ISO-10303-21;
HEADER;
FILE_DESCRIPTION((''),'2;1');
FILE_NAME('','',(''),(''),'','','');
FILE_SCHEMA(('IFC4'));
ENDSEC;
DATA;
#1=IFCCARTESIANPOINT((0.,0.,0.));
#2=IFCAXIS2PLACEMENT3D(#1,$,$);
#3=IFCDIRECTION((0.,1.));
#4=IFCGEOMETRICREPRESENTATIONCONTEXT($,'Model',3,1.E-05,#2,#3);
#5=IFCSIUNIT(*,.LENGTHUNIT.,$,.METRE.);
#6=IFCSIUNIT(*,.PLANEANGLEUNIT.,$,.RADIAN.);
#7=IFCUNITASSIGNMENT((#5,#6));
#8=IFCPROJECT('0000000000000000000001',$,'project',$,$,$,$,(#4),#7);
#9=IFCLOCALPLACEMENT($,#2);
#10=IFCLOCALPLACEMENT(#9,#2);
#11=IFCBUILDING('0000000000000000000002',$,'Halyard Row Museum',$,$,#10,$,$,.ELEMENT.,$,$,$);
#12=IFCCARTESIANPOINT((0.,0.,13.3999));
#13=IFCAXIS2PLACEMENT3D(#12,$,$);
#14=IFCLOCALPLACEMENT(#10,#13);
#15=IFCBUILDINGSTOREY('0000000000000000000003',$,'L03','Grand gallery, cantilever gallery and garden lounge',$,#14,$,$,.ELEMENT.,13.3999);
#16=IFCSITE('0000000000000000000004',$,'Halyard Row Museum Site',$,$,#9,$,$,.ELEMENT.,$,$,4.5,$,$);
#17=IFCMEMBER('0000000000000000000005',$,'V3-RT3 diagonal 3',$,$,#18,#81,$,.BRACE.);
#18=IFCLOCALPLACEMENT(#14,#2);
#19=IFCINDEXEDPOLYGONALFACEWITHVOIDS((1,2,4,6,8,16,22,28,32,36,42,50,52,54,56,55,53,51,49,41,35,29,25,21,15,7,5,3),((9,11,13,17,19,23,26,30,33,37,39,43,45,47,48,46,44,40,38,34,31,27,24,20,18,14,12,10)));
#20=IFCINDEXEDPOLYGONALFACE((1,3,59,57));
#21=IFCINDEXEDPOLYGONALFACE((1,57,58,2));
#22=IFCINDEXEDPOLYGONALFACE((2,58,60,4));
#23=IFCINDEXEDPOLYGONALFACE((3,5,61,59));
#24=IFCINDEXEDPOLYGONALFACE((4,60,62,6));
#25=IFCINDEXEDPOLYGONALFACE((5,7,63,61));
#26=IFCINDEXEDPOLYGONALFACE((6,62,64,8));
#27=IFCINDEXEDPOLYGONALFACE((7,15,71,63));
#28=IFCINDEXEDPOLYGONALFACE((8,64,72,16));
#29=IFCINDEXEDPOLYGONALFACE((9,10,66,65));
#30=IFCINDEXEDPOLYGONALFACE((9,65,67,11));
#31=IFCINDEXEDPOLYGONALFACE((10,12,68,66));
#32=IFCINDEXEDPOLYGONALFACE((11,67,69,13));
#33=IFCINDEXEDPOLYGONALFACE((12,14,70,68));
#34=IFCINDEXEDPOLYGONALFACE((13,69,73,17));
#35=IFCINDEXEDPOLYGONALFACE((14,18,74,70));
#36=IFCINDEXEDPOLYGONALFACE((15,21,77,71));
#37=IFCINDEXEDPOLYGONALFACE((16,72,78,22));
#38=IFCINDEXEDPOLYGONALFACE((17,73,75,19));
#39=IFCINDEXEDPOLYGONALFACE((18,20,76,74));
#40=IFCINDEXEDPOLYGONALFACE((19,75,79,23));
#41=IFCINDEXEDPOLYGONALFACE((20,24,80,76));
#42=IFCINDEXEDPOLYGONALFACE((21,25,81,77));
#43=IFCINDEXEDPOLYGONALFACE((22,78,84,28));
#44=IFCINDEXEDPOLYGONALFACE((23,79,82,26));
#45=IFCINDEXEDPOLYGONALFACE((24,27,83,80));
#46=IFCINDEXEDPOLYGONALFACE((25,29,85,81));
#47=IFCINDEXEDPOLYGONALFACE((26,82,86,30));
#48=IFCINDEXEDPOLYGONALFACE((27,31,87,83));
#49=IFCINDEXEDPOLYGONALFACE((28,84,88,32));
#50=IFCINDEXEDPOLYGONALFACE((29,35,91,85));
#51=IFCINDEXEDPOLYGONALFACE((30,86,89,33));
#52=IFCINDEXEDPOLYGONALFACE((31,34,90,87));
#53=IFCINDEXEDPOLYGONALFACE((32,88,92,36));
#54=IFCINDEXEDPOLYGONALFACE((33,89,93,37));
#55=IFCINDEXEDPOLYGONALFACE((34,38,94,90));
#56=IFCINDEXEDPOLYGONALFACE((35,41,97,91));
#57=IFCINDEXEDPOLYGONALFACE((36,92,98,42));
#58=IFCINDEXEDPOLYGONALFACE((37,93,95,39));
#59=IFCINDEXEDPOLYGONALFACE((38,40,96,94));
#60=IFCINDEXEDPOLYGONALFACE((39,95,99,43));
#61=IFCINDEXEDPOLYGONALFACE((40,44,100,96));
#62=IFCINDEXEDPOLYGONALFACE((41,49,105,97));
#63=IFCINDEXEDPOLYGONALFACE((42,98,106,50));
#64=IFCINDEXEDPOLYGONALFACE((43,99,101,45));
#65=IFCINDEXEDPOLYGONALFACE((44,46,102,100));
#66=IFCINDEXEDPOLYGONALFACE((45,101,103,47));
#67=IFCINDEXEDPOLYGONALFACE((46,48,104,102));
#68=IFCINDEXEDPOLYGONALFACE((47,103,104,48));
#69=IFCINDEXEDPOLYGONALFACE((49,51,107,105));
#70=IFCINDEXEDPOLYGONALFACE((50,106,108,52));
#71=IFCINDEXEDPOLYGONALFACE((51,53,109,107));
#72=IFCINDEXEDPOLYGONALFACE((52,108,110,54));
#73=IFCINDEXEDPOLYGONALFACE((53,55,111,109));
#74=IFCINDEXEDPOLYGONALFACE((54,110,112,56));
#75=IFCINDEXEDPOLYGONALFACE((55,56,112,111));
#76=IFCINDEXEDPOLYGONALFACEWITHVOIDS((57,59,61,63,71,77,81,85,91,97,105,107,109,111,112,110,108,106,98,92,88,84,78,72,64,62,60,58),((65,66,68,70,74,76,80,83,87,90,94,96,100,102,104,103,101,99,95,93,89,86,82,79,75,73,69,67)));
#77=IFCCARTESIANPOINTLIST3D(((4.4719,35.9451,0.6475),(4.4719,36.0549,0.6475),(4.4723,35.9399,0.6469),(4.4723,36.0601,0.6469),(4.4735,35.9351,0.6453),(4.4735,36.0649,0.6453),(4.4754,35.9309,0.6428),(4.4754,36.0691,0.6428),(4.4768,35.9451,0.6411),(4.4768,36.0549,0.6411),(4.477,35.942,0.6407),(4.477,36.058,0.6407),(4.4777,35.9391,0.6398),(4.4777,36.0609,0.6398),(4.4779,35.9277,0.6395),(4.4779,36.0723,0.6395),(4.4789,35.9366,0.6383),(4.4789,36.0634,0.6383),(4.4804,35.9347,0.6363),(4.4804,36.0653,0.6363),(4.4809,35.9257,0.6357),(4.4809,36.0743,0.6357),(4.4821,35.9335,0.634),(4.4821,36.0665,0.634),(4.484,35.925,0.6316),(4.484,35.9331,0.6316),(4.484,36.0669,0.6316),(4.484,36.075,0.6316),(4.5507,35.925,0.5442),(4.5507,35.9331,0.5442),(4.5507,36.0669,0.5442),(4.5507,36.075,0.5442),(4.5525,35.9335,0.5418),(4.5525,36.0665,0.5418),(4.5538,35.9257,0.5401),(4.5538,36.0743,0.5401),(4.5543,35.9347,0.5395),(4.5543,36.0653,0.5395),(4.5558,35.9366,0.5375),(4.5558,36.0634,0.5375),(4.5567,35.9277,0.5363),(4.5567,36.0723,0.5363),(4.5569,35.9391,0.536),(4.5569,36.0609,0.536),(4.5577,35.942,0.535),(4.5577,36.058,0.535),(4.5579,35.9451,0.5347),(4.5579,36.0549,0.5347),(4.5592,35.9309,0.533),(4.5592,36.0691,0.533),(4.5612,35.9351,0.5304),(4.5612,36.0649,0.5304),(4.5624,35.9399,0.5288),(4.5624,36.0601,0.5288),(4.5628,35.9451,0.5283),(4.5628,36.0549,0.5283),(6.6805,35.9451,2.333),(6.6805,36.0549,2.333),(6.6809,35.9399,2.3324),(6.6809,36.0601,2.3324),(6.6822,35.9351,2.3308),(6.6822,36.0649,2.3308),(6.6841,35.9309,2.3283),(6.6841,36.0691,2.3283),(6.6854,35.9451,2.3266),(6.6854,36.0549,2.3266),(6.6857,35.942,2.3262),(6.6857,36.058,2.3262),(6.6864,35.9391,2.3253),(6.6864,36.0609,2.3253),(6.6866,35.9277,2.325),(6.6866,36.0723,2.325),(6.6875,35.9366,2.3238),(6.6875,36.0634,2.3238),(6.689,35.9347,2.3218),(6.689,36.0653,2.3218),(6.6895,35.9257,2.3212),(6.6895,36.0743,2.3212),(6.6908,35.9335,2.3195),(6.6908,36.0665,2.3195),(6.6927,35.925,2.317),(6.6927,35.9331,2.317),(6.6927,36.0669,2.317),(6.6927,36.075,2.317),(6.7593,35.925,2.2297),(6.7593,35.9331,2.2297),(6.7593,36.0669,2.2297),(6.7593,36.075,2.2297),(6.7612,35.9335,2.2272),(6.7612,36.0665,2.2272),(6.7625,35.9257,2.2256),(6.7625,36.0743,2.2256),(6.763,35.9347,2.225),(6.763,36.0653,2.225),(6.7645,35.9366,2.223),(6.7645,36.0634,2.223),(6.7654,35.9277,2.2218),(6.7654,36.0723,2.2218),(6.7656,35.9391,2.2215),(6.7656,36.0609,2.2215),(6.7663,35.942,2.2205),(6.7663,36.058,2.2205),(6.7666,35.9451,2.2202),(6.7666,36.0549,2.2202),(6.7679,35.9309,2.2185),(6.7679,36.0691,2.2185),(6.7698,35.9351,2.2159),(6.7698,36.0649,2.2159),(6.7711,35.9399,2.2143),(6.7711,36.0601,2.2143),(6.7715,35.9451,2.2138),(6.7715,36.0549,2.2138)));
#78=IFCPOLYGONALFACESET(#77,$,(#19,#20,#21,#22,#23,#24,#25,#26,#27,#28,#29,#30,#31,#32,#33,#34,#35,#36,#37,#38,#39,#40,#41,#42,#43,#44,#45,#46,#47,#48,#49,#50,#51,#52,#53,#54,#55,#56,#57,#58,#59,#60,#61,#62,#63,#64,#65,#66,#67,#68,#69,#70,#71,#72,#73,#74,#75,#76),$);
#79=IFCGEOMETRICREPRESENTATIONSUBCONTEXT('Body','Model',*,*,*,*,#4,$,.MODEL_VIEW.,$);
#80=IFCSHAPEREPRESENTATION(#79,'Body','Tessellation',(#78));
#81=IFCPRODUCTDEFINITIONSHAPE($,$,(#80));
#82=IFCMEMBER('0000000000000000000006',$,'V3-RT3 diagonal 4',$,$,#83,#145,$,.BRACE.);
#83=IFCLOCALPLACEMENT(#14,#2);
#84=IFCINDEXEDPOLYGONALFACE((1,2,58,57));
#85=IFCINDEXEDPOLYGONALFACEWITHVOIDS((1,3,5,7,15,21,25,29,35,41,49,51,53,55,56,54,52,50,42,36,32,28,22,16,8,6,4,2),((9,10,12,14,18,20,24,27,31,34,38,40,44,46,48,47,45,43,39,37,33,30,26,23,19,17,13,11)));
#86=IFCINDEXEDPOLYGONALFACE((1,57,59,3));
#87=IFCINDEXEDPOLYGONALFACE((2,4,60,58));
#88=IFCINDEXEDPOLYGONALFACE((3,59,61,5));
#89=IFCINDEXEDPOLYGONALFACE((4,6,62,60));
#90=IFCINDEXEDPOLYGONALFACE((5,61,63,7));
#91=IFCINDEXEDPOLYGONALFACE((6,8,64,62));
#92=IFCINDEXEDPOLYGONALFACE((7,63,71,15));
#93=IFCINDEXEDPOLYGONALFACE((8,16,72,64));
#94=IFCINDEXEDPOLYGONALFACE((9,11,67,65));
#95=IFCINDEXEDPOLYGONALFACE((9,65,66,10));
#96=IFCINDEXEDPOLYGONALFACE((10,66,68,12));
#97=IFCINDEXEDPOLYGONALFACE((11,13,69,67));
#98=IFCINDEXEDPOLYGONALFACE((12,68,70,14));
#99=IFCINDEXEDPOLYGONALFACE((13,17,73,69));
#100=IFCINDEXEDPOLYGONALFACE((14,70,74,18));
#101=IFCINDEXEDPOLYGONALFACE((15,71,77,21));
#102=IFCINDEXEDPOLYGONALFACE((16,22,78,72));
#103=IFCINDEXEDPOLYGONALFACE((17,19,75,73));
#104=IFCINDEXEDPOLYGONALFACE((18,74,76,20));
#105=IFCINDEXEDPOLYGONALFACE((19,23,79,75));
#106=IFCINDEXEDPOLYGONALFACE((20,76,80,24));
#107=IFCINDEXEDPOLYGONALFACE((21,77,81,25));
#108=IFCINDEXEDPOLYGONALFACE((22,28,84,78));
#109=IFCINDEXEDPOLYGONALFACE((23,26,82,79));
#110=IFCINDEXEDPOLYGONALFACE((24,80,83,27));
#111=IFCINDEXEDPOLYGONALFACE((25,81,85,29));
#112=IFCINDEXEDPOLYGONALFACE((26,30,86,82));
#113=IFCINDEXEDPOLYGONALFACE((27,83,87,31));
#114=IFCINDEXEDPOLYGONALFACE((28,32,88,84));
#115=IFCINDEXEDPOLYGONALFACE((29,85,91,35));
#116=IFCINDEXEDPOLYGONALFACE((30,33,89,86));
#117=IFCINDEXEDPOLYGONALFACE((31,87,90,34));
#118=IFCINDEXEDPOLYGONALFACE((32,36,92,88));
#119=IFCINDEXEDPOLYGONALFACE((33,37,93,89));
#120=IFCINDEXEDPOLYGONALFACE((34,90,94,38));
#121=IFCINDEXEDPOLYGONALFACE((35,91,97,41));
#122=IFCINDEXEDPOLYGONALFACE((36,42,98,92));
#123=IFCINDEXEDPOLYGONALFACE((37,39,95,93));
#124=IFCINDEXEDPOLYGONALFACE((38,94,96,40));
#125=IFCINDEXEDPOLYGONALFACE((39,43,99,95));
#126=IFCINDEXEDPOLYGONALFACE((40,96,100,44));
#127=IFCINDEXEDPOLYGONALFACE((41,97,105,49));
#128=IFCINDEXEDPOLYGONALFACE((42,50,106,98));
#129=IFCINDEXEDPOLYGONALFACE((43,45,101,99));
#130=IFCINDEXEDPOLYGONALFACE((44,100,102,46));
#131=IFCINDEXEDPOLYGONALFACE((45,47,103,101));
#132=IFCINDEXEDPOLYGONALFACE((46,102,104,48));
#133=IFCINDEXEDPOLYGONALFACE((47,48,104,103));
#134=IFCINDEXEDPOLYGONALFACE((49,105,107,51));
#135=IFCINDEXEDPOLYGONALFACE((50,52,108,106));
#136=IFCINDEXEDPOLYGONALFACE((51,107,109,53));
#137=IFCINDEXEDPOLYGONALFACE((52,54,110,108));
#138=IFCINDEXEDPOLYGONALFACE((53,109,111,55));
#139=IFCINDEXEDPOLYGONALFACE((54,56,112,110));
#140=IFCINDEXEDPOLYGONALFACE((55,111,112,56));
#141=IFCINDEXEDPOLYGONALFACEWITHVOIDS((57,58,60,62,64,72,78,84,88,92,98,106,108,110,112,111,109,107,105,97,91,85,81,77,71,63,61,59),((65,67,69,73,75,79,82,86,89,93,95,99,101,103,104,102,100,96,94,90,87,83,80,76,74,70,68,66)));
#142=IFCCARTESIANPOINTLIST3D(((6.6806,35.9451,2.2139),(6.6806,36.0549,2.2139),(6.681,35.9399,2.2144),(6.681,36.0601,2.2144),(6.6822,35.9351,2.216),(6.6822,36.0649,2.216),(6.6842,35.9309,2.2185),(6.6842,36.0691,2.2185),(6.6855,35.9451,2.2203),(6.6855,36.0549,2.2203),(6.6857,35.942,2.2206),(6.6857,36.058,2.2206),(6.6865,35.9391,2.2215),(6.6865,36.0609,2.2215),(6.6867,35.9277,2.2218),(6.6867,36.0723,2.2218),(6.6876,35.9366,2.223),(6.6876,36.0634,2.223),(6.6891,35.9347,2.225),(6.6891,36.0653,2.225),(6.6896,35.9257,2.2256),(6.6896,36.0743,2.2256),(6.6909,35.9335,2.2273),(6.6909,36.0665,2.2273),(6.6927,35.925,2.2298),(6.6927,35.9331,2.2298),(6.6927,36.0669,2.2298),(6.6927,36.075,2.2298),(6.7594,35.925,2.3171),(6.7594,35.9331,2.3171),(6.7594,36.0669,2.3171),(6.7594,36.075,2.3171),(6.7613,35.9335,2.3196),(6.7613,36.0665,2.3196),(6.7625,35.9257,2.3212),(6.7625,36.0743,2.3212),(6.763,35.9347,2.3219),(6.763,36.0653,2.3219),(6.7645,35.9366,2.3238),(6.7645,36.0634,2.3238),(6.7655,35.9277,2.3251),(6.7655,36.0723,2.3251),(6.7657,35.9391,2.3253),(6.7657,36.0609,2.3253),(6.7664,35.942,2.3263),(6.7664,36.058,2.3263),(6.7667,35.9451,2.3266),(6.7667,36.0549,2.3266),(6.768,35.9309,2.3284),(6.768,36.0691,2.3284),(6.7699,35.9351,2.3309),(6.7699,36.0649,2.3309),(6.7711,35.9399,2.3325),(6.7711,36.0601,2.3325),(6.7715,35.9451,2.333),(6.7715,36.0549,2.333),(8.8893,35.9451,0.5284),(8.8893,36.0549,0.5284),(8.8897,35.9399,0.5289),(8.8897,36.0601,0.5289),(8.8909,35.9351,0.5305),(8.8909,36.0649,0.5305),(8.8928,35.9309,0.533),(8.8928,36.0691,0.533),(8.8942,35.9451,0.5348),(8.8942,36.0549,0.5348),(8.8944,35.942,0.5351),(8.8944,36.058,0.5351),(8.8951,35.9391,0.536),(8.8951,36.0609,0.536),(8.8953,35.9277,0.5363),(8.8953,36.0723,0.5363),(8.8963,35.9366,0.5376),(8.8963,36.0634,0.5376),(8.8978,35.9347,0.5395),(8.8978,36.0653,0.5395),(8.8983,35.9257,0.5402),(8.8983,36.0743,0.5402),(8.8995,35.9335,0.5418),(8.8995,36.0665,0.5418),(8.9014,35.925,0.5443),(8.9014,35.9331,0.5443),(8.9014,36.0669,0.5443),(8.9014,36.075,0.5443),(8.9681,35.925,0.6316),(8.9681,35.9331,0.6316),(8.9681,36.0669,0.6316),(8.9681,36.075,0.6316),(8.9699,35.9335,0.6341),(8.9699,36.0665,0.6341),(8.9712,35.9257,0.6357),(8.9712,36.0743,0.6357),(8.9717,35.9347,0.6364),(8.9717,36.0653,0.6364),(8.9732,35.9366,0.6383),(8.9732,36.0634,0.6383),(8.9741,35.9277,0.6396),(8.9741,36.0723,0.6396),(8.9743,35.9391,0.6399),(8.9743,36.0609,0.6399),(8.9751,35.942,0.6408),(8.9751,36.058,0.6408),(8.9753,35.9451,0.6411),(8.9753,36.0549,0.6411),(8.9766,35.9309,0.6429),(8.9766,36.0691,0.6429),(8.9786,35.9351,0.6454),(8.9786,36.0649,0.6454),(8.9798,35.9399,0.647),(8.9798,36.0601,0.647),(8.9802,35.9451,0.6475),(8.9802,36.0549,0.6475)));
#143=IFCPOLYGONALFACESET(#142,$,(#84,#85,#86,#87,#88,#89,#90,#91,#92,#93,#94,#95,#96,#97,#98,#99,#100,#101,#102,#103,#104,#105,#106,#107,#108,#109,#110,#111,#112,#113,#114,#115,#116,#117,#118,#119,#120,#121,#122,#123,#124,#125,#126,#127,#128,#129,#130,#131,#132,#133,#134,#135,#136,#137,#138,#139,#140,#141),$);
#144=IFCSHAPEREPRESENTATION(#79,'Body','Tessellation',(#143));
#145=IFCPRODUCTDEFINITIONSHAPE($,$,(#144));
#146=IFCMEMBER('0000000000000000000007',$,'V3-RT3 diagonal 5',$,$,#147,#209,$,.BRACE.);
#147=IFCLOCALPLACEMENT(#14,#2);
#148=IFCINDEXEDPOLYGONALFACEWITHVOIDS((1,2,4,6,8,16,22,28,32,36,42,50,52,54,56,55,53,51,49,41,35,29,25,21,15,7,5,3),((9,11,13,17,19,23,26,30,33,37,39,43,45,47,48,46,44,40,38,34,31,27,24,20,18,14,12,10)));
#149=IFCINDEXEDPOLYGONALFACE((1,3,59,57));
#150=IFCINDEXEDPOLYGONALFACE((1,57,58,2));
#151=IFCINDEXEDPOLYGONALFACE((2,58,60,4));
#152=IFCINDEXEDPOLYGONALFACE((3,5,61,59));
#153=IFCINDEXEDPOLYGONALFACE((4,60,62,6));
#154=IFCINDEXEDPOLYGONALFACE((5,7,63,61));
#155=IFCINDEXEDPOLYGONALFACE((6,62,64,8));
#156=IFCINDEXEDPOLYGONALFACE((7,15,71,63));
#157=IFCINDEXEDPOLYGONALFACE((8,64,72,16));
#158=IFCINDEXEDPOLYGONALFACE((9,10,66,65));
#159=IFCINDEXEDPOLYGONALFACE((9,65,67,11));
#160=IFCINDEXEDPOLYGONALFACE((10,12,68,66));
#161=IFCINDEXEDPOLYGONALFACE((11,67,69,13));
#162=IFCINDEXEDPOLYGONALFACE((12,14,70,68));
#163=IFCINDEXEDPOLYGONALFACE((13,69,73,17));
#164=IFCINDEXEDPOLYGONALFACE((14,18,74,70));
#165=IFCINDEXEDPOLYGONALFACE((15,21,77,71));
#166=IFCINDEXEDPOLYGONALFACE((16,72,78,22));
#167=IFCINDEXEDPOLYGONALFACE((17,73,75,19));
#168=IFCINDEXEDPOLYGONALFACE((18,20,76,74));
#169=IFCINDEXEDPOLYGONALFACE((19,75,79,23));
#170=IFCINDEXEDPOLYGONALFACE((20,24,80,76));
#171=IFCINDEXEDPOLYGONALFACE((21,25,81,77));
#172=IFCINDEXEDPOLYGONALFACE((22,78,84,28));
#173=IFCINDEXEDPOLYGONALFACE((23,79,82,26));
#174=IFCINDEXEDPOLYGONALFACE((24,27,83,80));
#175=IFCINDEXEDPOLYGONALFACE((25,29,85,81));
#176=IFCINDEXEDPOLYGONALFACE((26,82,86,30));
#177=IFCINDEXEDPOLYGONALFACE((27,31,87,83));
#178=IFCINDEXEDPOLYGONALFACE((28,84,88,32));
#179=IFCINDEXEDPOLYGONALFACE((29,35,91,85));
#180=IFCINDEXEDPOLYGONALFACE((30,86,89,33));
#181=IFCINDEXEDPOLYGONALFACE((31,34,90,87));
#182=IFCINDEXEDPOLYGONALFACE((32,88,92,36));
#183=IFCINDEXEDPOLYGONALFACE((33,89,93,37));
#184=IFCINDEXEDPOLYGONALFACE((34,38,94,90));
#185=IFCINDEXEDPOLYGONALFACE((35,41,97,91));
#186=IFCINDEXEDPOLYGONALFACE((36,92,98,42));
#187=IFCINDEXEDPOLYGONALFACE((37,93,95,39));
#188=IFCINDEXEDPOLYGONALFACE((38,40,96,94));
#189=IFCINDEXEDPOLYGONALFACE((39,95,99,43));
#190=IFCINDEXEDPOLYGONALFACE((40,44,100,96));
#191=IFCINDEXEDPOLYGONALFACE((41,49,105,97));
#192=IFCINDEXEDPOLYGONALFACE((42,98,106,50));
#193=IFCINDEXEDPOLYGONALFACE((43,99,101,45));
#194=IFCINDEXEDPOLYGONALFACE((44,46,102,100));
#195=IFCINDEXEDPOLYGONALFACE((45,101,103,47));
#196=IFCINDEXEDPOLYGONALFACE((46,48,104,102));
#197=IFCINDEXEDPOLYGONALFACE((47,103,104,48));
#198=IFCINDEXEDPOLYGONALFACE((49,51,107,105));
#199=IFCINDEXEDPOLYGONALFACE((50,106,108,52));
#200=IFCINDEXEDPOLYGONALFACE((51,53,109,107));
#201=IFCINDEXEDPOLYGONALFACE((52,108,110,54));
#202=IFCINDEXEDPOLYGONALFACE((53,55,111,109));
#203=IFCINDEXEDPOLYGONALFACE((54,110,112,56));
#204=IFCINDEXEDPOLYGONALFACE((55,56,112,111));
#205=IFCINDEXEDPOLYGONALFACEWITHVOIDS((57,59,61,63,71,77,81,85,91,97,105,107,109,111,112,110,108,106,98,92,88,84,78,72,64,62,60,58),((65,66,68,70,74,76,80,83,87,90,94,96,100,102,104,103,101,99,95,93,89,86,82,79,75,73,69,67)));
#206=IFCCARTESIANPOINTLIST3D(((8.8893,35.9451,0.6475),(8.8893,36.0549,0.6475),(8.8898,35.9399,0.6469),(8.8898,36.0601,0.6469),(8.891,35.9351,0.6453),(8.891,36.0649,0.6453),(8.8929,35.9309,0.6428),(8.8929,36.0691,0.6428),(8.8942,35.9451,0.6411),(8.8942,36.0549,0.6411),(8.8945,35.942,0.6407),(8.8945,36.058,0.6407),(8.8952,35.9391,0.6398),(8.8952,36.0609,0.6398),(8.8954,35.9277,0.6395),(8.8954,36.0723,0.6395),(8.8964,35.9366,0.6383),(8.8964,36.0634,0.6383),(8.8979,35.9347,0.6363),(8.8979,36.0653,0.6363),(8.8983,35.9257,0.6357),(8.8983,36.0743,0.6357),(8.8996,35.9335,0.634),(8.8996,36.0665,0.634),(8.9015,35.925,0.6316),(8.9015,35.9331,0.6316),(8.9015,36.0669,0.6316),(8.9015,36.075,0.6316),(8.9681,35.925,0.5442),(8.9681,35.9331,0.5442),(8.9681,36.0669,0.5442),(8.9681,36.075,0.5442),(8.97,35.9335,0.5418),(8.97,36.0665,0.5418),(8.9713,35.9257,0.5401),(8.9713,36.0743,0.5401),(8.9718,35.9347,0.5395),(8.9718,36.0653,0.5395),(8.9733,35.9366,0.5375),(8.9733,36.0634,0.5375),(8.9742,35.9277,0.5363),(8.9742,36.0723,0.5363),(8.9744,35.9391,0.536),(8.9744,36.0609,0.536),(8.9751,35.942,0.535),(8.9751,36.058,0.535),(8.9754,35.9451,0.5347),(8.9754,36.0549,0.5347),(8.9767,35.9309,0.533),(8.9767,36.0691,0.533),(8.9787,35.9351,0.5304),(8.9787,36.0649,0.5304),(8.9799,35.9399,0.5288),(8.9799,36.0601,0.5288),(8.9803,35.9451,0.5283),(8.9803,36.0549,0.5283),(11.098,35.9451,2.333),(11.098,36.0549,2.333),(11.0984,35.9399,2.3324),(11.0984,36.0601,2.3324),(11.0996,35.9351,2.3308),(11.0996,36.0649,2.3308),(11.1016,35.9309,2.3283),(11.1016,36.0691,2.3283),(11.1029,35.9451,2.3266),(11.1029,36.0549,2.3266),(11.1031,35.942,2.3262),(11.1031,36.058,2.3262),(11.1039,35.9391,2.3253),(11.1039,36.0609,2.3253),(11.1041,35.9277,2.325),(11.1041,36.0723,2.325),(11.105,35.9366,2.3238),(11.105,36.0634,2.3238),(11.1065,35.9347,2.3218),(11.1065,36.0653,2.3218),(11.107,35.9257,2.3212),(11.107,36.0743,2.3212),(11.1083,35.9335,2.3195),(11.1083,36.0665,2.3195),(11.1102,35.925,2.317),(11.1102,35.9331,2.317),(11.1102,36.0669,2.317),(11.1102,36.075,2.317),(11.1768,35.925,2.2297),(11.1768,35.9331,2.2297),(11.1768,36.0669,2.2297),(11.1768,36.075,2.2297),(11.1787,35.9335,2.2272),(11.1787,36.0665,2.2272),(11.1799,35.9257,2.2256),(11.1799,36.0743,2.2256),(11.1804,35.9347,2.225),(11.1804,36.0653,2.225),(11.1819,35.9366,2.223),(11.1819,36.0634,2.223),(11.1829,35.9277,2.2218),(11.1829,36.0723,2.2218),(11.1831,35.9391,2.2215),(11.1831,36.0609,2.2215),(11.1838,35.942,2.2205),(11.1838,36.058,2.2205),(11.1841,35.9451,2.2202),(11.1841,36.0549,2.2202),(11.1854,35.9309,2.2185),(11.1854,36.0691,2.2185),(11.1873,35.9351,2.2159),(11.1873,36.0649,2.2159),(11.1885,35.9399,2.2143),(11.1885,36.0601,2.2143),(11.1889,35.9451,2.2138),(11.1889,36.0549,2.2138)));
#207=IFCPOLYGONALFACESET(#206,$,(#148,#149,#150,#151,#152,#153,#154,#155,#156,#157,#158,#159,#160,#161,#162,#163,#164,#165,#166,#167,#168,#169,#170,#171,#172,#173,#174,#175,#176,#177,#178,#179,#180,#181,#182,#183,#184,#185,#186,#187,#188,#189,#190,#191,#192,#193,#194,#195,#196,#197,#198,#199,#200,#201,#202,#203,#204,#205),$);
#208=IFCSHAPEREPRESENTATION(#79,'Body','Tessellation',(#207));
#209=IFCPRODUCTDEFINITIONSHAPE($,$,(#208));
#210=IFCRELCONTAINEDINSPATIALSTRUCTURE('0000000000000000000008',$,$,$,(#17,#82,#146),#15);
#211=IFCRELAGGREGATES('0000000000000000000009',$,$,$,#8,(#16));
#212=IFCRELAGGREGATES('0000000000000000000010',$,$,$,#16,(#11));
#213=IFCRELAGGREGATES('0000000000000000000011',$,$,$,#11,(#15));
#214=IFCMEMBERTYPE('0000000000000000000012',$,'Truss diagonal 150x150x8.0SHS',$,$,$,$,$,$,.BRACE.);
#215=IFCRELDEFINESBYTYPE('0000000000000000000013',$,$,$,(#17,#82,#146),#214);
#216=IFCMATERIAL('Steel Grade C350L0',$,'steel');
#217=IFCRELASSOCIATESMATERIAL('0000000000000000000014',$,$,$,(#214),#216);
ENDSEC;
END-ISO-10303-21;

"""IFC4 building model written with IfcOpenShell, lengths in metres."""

from ifc_helpers import new_model, si_unit, direction, frame, origin, origin_2d, place, context, subcontext, project, spatial, hollow_rectangle, extrude, material, material_profile, profile_set, type_object, element, save


model = new_model("IFC4")

# Units and contexts
model_context = context("Model", 3, precision=1e-05, world=origin(), true_north=direction((0.0, 1.0)))
body_context = subcontext(model_context, "Body", "Model", "MODEL_VIEW")
ifc_project = project(units=[si_unit("LENGTHUNIT", "METRE"), si_unit("PLANEANGLEUNIT", "RADIAN")], contexts=[model_context])

# Site, building, storey
site_placement = place(None, origin())
site = spatial("IfcSite", under=ifc_project, at=site_placement, Name="Halyard Row Museum Site", CompositionType="ELEMENT", RefElevation=4.5)
building_placement = place(site_placement, origin())
building = spatial("IfcBuilding", under=site, at=building_placement, Name="Halyard Row Museum", CompositionType="ELEMENT")
storey_placement = place(building_placement, frame((0.0, 0.0, 13.3999)))
storey = spatial("IfcBuildingStorey", under=building, at=storey_placement, Name="L03", Description="Grand gallery, cantilever gallery and garden lounge", CompositionType="ELEMENT", Elevation=13.3999)

# Members
ifc_material_1 = material(Name="Steel Grade C350L0", Category="steel")
ifc_material_profile_1 = material_profile(ifc_material_1, hollow_rectangle(XDim=0.1499, YDim=0.1499, WallThickness=0.0081, InnerFilletRadius=0.012, OuterFilletRadius=0.02, at=origin_2d()), Name="150x150x8.0SHS")
ifc_profile_set_1 = profile_set([ifc_material_profile_1], Name="Steel Grade C350L0")
member_type_1 = type_object("IfcMemberType", Name="Truss diagonal 150x150x8.0SHS", PredefinedType="BRACE", material=ifc_profile_set_1)
for number, where, z_axis, x_axis, name in (
    (1, (4.5173, 36.0, 0.5879), (0.794964, 0.0, 0.606657), (0.0, 1.0, 0.0), "V3-RT3 diagonal 3"),
    (2, (6.7261, 36.0, 2.2734), (0.794964, 0.0, -0.606657), (0.0, 1.0, 0.0), "V3-RT3 diagonal 4"),
    (3, (8.9348, 36.0, 0.5879), (0.794964, 0.0, 0.606657), (0.0, 1.0, 0.0), "V3-RT3 diagonal 5"),
):
    element("IfcMember", number, at=place(storey_placement, frame(where, z_axis=z_axis, x_axis=x_axis)), inside=storey, type_object=member_type_1, Name=name, PredefinedType="BRACE", context=body_context, shape_type="SweptSolid", body=[
        extrude(hollow_rectangle(XDim=0.1499, YDim=0.1499, WallThickness=0.0081, InnerFilletRadius=0.012, OuterFilletRadius=0.02, at=origin_2d()), origin(), (0.0, 0.0, 1.0), 2.7783),
    ])

save(model, "model.ifc")
